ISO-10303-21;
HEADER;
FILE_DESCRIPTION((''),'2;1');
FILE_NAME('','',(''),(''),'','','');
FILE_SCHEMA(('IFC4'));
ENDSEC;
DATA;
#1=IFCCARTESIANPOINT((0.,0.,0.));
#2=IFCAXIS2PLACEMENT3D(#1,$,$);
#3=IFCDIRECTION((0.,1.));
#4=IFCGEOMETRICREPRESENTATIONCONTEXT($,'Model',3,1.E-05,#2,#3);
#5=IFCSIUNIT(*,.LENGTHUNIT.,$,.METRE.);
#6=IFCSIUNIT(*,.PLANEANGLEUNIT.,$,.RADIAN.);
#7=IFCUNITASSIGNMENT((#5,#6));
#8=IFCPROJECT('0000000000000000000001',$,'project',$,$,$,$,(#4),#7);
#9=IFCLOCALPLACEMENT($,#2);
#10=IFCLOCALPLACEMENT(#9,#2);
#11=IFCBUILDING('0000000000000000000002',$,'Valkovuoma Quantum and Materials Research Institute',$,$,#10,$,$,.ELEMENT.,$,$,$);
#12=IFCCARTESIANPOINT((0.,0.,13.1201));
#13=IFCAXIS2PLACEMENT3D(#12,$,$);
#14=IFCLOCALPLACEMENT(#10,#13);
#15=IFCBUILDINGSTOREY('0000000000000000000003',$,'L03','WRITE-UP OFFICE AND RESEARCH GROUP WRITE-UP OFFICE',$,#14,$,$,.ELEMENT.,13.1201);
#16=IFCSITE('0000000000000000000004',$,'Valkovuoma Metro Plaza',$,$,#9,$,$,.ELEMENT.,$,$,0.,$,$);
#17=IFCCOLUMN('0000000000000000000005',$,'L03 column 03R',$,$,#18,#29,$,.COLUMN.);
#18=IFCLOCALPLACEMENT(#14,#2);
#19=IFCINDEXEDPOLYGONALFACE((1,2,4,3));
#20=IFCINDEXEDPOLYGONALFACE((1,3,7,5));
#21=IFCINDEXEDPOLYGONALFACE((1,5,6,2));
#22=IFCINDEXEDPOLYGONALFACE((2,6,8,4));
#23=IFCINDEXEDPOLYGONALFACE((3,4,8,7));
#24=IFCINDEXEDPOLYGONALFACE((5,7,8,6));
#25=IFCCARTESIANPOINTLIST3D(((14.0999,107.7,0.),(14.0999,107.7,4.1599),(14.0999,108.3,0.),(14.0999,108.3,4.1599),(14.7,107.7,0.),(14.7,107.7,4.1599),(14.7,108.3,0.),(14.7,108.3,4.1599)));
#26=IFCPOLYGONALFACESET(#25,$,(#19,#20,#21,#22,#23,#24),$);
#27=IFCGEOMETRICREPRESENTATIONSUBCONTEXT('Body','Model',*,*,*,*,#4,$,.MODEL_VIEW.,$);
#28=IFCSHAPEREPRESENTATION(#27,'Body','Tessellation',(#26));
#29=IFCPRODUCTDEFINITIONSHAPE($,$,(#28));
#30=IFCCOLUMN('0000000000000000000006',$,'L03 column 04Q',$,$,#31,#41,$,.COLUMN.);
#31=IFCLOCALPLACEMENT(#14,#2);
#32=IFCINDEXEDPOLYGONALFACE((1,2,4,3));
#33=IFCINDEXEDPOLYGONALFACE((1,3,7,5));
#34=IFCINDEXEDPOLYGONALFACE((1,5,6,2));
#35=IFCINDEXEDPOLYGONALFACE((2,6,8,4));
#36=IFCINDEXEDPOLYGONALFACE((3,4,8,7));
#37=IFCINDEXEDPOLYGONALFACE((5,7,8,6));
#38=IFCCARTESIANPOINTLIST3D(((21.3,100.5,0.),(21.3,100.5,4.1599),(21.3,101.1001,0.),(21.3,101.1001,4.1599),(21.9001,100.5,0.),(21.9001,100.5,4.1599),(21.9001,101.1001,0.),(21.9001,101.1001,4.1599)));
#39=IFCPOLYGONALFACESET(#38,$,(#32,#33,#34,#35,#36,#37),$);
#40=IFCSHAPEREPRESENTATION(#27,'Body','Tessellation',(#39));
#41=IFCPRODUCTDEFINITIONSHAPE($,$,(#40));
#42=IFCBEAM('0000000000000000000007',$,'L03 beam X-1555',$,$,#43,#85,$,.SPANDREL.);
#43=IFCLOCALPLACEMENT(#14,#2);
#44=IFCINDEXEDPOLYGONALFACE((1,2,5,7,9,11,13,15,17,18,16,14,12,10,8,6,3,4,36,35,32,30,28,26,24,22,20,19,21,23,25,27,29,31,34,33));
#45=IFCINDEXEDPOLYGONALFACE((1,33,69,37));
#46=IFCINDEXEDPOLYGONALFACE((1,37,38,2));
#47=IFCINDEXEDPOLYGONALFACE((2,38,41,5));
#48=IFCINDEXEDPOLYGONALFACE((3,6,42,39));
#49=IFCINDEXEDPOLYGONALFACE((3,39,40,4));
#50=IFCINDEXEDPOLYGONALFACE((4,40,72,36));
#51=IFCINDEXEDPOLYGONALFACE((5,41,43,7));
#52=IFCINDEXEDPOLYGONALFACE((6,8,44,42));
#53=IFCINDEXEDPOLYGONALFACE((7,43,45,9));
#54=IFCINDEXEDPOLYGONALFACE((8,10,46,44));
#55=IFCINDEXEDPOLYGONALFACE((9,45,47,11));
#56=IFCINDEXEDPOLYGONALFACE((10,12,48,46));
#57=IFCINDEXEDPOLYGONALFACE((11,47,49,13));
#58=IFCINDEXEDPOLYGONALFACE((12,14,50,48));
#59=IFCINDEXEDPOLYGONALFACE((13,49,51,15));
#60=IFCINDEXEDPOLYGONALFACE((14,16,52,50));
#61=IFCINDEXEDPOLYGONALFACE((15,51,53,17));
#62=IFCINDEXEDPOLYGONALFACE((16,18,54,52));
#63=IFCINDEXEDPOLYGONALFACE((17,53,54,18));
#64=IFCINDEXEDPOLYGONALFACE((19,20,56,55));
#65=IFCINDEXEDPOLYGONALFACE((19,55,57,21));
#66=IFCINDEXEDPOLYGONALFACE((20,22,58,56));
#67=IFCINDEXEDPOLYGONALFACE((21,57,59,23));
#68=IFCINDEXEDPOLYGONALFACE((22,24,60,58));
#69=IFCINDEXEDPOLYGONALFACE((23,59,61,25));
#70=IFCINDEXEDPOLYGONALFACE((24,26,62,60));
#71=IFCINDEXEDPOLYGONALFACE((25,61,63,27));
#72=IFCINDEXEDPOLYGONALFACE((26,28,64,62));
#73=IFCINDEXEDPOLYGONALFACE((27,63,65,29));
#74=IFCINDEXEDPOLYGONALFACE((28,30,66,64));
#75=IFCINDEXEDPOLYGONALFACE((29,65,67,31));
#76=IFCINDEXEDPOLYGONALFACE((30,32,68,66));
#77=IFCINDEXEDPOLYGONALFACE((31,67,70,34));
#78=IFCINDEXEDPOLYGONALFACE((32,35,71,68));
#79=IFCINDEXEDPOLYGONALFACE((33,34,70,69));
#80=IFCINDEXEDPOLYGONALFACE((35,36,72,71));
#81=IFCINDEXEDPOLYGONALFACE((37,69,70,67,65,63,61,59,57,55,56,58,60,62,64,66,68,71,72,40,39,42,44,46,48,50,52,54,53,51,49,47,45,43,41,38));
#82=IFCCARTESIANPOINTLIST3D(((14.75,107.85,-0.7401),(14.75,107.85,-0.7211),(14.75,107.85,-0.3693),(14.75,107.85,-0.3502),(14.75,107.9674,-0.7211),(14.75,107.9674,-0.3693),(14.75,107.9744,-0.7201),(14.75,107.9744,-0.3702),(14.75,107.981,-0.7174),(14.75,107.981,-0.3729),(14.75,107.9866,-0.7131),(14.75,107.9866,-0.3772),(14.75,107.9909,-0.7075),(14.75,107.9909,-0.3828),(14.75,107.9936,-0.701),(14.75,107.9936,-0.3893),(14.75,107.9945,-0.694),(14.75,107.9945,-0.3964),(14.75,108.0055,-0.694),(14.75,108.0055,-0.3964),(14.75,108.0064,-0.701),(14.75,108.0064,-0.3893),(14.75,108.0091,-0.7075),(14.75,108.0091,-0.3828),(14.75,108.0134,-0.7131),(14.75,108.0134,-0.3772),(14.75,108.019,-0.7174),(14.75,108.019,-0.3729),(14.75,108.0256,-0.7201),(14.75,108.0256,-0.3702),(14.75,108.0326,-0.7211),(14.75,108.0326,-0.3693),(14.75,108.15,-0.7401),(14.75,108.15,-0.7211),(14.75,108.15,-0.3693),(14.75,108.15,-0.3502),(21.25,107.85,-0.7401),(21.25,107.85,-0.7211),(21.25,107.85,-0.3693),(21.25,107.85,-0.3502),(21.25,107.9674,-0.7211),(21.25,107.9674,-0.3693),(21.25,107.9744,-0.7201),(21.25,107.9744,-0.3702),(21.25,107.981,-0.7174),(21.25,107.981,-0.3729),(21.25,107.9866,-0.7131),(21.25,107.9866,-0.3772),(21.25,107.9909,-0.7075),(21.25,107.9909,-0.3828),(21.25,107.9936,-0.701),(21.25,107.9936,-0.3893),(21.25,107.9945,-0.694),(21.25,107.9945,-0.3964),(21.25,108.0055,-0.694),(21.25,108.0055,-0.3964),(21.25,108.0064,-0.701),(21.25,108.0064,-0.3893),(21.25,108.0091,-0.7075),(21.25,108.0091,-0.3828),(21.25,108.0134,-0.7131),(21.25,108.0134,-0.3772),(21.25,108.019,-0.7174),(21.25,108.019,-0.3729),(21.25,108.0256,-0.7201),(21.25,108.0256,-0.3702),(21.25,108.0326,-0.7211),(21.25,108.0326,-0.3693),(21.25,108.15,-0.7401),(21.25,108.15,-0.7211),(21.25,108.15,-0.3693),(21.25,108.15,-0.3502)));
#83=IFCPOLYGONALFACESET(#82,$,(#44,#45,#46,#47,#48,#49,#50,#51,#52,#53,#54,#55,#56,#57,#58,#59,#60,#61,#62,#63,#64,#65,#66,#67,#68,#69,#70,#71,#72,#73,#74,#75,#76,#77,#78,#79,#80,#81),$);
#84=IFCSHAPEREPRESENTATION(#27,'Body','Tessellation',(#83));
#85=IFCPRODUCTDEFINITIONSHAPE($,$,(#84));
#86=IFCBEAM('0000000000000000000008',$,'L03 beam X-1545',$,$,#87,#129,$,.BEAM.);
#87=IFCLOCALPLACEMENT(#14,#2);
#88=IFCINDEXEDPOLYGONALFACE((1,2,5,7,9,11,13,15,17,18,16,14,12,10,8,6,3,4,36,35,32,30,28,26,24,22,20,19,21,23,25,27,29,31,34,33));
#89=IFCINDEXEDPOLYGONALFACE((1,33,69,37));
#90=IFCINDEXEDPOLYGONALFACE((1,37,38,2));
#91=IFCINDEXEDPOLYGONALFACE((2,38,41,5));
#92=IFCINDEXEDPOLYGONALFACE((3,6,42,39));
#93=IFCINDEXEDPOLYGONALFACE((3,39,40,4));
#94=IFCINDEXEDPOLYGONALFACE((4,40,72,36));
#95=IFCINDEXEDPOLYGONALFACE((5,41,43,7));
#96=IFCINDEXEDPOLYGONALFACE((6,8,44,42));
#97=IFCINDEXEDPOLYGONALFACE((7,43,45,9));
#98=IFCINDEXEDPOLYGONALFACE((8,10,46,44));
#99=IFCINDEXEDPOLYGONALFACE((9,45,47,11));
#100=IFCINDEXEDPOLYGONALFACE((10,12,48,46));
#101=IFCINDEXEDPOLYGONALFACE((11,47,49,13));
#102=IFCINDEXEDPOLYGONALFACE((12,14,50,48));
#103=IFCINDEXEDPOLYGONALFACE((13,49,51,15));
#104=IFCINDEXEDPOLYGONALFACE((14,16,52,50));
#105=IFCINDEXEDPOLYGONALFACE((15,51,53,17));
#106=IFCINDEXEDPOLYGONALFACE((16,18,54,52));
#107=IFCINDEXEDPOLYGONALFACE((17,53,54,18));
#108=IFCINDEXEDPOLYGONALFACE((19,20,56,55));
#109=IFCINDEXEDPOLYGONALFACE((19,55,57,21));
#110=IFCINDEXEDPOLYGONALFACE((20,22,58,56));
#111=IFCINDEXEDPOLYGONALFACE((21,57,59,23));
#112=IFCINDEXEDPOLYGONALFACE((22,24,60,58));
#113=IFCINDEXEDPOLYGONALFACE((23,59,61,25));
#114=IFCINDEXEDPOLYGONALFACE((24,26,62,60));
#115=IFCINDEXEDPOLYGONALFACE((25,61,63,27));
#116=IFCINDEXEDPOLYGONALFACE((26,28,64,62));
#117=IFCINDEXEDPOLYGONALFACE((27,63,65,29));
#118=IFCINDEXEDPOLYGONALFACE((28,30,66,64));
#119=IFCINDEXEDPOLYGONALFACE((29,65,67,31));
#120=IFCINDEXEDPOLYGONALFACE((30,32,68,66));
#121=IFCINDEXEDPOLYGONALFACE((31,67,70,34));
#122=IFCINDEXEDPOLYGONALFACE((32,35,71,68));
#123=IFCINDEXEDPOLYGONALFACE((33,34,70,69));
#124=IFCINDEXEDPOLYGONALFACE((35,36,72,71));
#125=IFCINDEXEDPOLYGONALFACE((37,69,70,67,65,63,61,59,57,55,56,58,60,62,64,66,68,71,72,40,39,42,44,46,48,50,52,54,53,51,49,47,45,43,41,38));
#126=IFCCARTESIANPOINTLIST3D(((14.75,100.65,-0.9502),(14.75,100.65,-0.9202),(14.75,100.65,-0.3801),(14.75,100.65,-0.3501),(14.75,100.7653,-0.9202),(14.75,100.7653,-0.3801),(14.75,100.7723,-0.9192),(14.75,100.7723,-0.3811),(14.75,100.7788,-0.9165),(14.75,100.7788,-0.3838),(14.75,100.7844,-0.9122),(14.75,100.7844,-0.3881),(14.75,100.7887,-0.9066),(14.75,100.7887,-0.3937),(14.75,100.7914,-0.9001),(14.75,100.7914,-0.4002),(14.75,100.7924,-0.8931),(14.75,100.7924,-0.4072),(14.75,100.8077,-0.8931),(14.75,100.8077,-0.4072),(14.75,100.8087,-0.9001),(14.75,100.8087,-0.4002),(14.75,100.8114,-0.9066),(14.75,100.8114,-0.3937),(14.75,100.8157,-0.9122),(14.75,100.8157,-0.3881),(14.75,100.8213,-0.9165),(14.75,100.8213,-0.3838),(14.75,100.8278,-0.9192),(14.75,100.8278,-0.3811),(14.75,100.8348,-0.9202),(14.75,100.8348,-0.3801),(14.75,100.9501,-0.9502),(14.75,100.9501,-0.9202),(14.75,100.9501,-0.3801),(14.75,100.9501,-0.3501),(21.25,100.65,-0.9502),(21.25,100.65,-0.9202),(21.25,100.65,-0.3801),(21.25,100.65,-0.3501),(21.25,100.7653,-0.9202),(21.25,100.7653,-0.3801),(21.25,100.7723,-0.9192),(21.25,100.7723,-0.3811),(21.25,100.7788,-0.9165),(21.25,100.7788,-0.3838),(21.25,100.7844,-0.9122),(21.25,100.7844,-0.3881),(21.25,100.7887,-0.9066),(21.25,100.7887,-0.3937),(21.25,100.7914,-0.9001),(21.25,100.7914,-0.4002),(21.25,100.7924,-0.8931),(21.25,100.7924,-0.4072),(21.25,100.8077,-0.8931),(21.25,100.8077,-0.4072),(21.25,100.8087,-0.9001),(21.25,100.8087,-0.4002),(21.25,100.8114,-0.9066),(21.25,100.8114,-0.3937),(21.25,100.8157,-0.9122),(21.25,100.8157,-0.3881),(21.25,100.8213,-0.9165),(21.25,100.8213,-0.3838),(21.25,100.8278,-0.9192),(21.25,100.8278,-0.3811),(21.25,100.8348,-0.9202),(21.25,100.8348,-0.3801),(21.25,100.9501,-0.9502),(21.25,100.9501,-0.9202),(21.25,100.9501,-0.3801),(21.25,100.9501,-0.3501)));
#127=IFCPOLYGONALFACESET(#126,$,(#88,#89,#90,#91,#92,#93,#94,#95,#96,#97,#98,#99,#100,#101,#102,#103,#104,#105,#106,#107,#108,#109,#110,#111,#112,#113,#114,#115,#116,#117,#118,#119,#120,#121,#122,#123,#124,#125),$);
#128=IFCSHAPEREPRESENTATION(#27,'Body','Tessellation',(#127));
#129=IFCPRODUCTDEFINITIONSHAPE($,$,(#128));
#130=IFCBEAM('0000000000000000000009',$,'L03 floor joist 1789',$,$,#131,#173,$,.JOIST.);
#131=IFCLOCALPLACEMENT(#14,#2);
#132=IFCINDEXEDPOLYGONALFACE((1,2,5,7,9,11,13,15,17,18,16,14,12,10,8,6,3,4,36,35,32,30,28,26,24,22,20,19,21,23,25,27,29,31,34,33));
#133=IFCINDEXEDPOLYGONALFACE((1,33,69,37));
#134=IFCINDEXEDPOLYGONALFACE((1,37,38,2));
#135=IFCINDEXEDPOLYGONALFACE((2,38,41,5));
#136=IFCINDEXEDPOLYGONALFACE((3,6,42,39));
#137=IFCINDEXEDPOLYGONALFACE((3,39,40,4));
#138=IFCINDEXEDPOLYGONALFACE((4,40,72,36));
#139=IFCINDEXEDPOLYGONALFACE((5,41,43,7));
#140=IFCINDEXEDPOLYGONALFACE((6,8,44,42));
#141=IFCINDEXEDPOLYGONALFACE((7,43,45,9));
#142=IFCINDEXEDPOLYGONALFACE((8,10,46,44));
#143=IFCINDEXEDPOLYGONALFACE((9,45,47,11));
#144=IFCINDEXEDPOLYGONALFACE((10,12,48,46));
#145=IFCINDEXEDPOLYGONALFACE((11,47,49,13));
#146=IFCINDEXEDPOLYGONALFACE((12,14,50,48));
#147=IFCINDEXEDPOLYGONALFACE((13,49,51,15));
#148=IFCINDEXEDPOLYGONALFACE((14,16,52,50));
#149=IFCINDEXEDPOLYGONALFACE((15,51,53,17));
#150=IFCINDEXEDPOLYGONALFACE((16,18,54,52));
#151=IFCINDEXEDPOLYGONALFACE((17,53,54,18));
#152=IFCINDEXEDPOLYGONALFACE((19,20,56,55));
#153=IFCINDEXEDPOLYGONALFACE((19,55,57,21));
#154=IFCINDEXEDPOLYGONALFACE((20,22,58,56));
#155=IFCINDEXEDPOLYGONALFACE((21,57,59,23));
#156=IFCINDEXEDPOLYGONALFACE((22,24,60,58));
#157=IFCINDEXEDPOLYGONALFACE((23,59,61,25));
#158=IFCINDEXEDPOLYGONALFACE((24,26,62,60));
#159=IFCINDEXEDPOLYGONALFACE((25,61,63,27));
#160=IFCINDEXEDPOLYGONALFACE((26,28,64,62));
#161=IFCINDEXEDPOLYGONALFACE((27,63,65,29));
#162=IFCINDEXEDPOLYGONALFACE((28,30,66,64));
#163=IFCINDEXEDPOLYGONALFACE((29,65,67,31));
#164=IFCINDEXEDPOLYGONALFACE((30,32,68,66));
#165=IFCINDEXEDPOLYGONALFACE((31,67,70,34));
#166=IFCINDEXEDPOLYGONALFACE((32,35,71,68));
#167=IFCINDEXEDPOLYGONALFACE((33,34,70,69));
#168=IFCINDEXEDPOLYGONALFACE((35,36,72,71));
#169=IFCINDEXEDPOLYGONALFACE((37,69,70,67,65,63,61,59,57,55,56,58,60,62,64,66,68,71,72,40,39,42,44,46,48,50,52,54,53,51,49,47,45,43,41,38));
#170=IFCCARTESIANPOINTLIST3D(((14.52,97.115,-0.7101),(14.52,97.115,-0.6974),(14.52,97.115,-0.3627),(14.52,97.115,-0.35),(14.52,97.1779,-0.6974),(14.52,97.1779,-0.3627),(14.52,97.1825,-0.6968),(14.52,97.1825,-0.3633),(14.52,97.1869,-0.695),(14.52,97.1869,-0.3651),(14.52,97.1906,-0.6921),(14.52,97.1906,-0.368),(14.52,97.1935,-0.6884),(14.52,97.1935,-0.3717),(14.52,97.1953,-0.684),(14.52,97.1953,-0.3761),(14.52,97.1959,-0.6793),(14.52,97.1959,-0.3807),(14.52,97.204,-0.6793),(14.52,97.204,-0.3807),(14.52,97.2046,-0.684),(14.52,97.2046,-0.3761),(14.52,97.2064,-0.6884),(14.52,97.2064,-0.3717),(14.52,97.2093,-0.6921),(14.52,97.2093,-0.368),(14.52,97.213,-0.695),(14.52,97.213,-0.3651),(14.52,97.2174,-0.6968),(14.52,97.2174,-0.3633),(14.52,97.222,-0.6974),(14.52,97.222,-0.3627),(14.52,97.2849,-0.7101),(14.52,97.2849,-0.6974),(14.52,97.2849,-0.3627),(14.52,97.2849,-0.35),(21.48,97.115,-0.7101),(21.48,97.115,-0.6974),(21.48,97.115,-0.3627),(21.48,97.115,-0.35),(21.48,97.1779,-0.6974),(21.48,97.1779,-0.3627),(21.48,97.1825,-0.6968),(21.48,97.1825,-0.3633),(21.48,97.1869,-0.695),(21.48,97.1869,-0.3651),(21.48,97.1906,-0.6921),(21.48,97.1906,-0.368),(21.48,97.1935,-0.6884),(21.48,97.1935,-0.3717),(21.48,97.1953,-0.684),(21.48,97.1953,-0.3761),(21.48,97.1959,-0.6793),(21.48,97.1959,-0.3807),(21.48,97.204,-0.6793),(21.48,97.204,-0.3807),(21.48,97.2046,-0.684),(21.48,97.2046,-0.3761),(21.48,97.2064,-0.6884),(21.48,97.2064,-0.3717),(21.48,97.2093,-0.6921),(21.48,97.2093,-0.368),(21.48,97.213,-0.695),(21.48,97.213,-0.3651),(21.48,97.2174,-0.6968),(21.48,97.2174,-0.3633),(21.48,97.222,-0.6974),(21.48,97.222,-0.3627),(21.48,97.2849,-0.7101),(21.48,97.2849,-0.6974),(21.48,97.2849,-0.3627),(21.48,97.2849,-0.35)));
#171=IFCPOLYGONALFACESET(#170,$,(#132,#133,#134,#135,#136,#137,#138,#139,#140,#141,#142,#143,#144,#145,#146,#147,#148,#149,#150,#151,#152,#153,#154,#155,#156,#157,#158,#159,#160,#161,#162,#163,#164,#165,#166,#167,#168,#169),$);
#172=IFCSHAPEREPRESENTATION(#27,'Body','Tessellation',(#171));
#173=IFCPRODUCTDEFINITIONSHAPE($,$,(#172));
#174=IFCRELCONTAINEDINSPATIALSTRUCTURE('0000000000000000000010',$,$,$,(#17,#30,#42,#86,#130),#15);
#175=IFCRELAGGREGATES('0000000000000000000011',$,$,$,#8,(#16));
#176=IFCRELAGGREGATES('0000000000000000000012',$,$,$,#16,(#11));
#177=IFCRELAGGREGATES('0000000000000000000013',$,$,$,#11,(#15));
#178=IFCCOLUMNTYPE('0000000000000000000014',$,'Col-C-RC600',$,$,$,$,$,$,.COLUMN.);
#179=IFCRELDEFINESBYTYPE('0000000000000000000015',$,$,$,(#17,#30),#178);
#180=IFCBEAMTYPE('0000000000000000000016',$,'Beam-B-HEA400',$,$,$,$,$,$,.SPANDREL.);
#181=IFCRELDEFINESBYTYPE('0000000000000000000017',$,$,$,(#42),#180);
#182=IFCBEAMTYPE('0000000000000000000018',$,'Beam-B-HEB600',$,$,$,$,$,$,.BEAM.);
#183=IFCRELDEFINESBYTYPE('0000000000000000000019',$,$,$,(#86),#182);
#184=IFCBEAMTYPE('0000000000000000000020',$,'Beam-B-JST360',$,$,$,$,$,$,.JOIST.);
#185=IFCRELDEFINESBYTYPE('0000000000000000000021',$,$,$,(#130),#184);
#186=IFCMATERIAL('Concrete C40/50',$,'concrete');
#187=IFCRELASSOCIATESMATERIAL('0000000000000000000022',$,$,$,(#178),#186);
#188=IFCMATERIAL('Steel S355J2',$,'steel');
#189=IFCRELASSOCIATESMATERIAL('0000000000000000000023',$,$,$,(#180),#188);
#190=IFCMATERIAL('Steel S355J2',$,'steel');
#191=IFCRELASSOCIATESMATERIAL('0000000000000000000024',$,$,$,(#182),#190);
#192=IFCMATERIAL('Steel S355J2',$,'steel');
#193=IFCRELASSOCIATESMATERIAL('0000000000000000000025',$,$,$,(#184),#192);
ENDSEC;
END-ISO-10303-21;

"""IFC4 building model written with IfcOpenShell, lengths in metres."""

from ifc_helpers import new_model, si_unit, direction, frame, origin, origin_2d, place, context, subcontext, project, spatial, rectangle, i_section, extrude, material, material_profile, profile_set, type_object, element, save


model = new_model("IFC4")

# Units and contexts
model_context = context("Model", 3, precision=1e-05, world=origin(), true_north=direction((0.0, 1.0)))
body_context = subcontext(model_context, "Body", "Model", "MODEL_VIEW")
ifc_project = project(units=[si_unit("LENGTHUNIT", "METRE"), si_unit("PLANEANGLEUNIT", "RADIAN")], contexts=[model_context])

# Site, building, storey
site_placement = place(None, origin())
site = spatial("IfcSite", under=ifc_project, at=site_placement, Name="Valkovuoma Metro Plaza", CompositionType="ELEMENT", RefElevation=0.0)
building_placement = place(site_placement, origin())
building = spatial("IfcBuilding", under=site, at=building_placement, Name="Valkovuoma Quantum and Materials Research Institute", CompositionType="ELEMENT")
storey_placement = place(building_placement, frame((0.0, 0.0, 13.1201)))
storey = spatial("IfcBuildingStorey", under=building, at=storey_placement, Name="L03", Description="WRITE-UP OFFICE AND RESEARCH GROUP WRITE-UP OFFICE", CompositionType="ELEMENT", Elevation=13.1201)

# Columns
ifc_material_1 = material(Name="Concrete C40/50", Category="concrete")
ifc_material_profile_1 = material_profile(ifc_material_1, rectangle(XDim=0.6001, YDim=0.6001, at=origin_2d()), Name="Concrete C40/50")
ifc_profile_set_1 = profile_set([ifc_material_profile_1], Name="Concrete C40/50")
column_type = type_object("IfcColumnType", Name="Col-C-RC600", PredefinedType="COLUMN", material=ifc_profile_set_1)
for number, where, z_axis, x_axis, name in (
    (1, (14.3999, 108.0, 0.0), (0.0, 0.0, 1.0), (1.0, 0.0, 0.0), "L03 column 03R"),
    (2, (21.6001, 100.8, 0.0), (0.0, 0.0, 1.0), (1.0, 0.0, 0.0), "L03 column 04Q"),
):
    element("IfcColumn", number, at=place(storey_placement, frame(where, z_axis=z_axis, x_axis=x_axis)), inside=storey, type_object=column_type, Name=name, PredefinedType="COLUMN", context=body_context, shape_type="SweptSolid", body=[
        extrude(rectangle(XDim=0.6001, YDim=0.6001, at=origin_2d()), origin(), (0.0, 0.0, 1.0), 4.1599),
    ])

# Beams
ifc_material_2 = material(Name="Steel S355J2", Category="steel")
ifc_material_profile_2 = material_profile(ifc_material_2, i_section(OverallWidth=0.3, OverallDepth=0.3899, WebThickness=0.011, FlangeThickness=0.019, FilletRadius=0.0271, at=origin_2d()), Name="Steel S355J2")
ifc_profile_set_2 = profile_set([ifc_material_profile_2], Name="Steel S355J2")
beam_type_1 = type_object("IfcBeamType", Name="Beam-B-HEA400", PredefinedType="SPANDREL", material=ifc_profile_set_2)
beam_1_placement = place(storey_placement, frame((14.75, 108.0, -0.5452), z_axis=(1.0, 0.0, 0.0), x_axis=(0.0, 1.0, 0.0)))
element("IfcBeam", 3, at=beam_1_placement, inside=storey, type_object=beam_type_1, Name="L03 beam X-1555", PredefinedType="SPANDREL", context=body_context, shape_type="SweptSolid", body=[
    extrude(i_section(OverallWidth=0.3, OverallDepth=0.3899, WebThickness=0.011, FlangeThickness=0.019, FilletRadius=0.0271, at=origin_2d()), origin(), (0.0, 0.0, 1.0), 6.5),
])
ifc_material_3 = material(Name="Steel S355J2", Category="steel")
ifc_material_profile_3 = material_profile(ifc_material_3, i_section(OverallWidth=0.3, OverallDepth=0.6001, WebThickness=0.0154, FlangeThickness=0.03, FilletRadius=0.0271, at=origin_2d()), Name="Steel S355J2")
ifc_profile_set_3 = profile_set([ifc_material_profile_3], Name="Steel S355J2")
beam_type_2 = type_object("IfcBeamType", Name="Beam-B-HEB600", PredefinedType="BEAM", material=ifc_profile_set_3)
beam_2_placement = place(storey_placement, frame((14.75, 100.8, -0.6501), z_axis=(1.0, 0.0, 0.0), x_axis=(0.0, 1.0, 0.0)))
element("IfcBeam", 4, at=beam_2_placement, inside=storey, type_object=beam_type_2, Name="L03 beam X-1545", PredefinedType="BEAM", context=body_context, shape_type="SweptSolid", body=[
    extrude(i_section(OverallWidth=0.3, OverallDepth=0.6001, WebThickness=0.0154, FlangeThickness=0.03, FilletRadius=0.0271, at=origin_2d()), origin(), (0.0, 0.0, 1.0), 6.5),
])
ifc_material_4 = material(Name="Steel S355J2", Category="steel")
ifc_material_profile_4 = material_profile(ifc_material_4, i_section(OverallWidth=0.1699, OverallDepth=0.3601, WebThickness=0.0081, FlangeThickness=0.0127, FilletRadius=0.0181, at=origin_2d()), Name="Steel S355J2")
ifc_profile_set_4 = profile_set([ifc_material_profile_4], Name="Steel S355J2")
beam_type_3 = type_object("IfcBeamType", Name="Beam-B-JST360", PredefinedType="JOIST", material=ifc_profile_set_4)
for number, where, z_axis, x_axis, name in (
    (5, (14.52, 97.2, -0.53), (1.0, 0.0, 0.0), (0.0, 1.0, 0.0), "L03 floor joist 1789"),
):
    element("IfcBeam", number, at=place(storey_placement, frame(where, z_axis=z_axis, x_axis=x_axis)), inside=storey, type_object=beam_type_3, Name=name, PredefinedType="JOIST", context=body_context, shape_type="SweptSolid", body=[
        extrude(i_section(OverallWidth=0.1699, OverallDepth=0.3601, WebThickness=0.0081, FlangeThickness=0.0127, FilletRadius=0.0181, at=origin_2d()), origin(), (0.0, 0.0, 1.0), 6.96),
    ])

save(model, "model.ifc")
